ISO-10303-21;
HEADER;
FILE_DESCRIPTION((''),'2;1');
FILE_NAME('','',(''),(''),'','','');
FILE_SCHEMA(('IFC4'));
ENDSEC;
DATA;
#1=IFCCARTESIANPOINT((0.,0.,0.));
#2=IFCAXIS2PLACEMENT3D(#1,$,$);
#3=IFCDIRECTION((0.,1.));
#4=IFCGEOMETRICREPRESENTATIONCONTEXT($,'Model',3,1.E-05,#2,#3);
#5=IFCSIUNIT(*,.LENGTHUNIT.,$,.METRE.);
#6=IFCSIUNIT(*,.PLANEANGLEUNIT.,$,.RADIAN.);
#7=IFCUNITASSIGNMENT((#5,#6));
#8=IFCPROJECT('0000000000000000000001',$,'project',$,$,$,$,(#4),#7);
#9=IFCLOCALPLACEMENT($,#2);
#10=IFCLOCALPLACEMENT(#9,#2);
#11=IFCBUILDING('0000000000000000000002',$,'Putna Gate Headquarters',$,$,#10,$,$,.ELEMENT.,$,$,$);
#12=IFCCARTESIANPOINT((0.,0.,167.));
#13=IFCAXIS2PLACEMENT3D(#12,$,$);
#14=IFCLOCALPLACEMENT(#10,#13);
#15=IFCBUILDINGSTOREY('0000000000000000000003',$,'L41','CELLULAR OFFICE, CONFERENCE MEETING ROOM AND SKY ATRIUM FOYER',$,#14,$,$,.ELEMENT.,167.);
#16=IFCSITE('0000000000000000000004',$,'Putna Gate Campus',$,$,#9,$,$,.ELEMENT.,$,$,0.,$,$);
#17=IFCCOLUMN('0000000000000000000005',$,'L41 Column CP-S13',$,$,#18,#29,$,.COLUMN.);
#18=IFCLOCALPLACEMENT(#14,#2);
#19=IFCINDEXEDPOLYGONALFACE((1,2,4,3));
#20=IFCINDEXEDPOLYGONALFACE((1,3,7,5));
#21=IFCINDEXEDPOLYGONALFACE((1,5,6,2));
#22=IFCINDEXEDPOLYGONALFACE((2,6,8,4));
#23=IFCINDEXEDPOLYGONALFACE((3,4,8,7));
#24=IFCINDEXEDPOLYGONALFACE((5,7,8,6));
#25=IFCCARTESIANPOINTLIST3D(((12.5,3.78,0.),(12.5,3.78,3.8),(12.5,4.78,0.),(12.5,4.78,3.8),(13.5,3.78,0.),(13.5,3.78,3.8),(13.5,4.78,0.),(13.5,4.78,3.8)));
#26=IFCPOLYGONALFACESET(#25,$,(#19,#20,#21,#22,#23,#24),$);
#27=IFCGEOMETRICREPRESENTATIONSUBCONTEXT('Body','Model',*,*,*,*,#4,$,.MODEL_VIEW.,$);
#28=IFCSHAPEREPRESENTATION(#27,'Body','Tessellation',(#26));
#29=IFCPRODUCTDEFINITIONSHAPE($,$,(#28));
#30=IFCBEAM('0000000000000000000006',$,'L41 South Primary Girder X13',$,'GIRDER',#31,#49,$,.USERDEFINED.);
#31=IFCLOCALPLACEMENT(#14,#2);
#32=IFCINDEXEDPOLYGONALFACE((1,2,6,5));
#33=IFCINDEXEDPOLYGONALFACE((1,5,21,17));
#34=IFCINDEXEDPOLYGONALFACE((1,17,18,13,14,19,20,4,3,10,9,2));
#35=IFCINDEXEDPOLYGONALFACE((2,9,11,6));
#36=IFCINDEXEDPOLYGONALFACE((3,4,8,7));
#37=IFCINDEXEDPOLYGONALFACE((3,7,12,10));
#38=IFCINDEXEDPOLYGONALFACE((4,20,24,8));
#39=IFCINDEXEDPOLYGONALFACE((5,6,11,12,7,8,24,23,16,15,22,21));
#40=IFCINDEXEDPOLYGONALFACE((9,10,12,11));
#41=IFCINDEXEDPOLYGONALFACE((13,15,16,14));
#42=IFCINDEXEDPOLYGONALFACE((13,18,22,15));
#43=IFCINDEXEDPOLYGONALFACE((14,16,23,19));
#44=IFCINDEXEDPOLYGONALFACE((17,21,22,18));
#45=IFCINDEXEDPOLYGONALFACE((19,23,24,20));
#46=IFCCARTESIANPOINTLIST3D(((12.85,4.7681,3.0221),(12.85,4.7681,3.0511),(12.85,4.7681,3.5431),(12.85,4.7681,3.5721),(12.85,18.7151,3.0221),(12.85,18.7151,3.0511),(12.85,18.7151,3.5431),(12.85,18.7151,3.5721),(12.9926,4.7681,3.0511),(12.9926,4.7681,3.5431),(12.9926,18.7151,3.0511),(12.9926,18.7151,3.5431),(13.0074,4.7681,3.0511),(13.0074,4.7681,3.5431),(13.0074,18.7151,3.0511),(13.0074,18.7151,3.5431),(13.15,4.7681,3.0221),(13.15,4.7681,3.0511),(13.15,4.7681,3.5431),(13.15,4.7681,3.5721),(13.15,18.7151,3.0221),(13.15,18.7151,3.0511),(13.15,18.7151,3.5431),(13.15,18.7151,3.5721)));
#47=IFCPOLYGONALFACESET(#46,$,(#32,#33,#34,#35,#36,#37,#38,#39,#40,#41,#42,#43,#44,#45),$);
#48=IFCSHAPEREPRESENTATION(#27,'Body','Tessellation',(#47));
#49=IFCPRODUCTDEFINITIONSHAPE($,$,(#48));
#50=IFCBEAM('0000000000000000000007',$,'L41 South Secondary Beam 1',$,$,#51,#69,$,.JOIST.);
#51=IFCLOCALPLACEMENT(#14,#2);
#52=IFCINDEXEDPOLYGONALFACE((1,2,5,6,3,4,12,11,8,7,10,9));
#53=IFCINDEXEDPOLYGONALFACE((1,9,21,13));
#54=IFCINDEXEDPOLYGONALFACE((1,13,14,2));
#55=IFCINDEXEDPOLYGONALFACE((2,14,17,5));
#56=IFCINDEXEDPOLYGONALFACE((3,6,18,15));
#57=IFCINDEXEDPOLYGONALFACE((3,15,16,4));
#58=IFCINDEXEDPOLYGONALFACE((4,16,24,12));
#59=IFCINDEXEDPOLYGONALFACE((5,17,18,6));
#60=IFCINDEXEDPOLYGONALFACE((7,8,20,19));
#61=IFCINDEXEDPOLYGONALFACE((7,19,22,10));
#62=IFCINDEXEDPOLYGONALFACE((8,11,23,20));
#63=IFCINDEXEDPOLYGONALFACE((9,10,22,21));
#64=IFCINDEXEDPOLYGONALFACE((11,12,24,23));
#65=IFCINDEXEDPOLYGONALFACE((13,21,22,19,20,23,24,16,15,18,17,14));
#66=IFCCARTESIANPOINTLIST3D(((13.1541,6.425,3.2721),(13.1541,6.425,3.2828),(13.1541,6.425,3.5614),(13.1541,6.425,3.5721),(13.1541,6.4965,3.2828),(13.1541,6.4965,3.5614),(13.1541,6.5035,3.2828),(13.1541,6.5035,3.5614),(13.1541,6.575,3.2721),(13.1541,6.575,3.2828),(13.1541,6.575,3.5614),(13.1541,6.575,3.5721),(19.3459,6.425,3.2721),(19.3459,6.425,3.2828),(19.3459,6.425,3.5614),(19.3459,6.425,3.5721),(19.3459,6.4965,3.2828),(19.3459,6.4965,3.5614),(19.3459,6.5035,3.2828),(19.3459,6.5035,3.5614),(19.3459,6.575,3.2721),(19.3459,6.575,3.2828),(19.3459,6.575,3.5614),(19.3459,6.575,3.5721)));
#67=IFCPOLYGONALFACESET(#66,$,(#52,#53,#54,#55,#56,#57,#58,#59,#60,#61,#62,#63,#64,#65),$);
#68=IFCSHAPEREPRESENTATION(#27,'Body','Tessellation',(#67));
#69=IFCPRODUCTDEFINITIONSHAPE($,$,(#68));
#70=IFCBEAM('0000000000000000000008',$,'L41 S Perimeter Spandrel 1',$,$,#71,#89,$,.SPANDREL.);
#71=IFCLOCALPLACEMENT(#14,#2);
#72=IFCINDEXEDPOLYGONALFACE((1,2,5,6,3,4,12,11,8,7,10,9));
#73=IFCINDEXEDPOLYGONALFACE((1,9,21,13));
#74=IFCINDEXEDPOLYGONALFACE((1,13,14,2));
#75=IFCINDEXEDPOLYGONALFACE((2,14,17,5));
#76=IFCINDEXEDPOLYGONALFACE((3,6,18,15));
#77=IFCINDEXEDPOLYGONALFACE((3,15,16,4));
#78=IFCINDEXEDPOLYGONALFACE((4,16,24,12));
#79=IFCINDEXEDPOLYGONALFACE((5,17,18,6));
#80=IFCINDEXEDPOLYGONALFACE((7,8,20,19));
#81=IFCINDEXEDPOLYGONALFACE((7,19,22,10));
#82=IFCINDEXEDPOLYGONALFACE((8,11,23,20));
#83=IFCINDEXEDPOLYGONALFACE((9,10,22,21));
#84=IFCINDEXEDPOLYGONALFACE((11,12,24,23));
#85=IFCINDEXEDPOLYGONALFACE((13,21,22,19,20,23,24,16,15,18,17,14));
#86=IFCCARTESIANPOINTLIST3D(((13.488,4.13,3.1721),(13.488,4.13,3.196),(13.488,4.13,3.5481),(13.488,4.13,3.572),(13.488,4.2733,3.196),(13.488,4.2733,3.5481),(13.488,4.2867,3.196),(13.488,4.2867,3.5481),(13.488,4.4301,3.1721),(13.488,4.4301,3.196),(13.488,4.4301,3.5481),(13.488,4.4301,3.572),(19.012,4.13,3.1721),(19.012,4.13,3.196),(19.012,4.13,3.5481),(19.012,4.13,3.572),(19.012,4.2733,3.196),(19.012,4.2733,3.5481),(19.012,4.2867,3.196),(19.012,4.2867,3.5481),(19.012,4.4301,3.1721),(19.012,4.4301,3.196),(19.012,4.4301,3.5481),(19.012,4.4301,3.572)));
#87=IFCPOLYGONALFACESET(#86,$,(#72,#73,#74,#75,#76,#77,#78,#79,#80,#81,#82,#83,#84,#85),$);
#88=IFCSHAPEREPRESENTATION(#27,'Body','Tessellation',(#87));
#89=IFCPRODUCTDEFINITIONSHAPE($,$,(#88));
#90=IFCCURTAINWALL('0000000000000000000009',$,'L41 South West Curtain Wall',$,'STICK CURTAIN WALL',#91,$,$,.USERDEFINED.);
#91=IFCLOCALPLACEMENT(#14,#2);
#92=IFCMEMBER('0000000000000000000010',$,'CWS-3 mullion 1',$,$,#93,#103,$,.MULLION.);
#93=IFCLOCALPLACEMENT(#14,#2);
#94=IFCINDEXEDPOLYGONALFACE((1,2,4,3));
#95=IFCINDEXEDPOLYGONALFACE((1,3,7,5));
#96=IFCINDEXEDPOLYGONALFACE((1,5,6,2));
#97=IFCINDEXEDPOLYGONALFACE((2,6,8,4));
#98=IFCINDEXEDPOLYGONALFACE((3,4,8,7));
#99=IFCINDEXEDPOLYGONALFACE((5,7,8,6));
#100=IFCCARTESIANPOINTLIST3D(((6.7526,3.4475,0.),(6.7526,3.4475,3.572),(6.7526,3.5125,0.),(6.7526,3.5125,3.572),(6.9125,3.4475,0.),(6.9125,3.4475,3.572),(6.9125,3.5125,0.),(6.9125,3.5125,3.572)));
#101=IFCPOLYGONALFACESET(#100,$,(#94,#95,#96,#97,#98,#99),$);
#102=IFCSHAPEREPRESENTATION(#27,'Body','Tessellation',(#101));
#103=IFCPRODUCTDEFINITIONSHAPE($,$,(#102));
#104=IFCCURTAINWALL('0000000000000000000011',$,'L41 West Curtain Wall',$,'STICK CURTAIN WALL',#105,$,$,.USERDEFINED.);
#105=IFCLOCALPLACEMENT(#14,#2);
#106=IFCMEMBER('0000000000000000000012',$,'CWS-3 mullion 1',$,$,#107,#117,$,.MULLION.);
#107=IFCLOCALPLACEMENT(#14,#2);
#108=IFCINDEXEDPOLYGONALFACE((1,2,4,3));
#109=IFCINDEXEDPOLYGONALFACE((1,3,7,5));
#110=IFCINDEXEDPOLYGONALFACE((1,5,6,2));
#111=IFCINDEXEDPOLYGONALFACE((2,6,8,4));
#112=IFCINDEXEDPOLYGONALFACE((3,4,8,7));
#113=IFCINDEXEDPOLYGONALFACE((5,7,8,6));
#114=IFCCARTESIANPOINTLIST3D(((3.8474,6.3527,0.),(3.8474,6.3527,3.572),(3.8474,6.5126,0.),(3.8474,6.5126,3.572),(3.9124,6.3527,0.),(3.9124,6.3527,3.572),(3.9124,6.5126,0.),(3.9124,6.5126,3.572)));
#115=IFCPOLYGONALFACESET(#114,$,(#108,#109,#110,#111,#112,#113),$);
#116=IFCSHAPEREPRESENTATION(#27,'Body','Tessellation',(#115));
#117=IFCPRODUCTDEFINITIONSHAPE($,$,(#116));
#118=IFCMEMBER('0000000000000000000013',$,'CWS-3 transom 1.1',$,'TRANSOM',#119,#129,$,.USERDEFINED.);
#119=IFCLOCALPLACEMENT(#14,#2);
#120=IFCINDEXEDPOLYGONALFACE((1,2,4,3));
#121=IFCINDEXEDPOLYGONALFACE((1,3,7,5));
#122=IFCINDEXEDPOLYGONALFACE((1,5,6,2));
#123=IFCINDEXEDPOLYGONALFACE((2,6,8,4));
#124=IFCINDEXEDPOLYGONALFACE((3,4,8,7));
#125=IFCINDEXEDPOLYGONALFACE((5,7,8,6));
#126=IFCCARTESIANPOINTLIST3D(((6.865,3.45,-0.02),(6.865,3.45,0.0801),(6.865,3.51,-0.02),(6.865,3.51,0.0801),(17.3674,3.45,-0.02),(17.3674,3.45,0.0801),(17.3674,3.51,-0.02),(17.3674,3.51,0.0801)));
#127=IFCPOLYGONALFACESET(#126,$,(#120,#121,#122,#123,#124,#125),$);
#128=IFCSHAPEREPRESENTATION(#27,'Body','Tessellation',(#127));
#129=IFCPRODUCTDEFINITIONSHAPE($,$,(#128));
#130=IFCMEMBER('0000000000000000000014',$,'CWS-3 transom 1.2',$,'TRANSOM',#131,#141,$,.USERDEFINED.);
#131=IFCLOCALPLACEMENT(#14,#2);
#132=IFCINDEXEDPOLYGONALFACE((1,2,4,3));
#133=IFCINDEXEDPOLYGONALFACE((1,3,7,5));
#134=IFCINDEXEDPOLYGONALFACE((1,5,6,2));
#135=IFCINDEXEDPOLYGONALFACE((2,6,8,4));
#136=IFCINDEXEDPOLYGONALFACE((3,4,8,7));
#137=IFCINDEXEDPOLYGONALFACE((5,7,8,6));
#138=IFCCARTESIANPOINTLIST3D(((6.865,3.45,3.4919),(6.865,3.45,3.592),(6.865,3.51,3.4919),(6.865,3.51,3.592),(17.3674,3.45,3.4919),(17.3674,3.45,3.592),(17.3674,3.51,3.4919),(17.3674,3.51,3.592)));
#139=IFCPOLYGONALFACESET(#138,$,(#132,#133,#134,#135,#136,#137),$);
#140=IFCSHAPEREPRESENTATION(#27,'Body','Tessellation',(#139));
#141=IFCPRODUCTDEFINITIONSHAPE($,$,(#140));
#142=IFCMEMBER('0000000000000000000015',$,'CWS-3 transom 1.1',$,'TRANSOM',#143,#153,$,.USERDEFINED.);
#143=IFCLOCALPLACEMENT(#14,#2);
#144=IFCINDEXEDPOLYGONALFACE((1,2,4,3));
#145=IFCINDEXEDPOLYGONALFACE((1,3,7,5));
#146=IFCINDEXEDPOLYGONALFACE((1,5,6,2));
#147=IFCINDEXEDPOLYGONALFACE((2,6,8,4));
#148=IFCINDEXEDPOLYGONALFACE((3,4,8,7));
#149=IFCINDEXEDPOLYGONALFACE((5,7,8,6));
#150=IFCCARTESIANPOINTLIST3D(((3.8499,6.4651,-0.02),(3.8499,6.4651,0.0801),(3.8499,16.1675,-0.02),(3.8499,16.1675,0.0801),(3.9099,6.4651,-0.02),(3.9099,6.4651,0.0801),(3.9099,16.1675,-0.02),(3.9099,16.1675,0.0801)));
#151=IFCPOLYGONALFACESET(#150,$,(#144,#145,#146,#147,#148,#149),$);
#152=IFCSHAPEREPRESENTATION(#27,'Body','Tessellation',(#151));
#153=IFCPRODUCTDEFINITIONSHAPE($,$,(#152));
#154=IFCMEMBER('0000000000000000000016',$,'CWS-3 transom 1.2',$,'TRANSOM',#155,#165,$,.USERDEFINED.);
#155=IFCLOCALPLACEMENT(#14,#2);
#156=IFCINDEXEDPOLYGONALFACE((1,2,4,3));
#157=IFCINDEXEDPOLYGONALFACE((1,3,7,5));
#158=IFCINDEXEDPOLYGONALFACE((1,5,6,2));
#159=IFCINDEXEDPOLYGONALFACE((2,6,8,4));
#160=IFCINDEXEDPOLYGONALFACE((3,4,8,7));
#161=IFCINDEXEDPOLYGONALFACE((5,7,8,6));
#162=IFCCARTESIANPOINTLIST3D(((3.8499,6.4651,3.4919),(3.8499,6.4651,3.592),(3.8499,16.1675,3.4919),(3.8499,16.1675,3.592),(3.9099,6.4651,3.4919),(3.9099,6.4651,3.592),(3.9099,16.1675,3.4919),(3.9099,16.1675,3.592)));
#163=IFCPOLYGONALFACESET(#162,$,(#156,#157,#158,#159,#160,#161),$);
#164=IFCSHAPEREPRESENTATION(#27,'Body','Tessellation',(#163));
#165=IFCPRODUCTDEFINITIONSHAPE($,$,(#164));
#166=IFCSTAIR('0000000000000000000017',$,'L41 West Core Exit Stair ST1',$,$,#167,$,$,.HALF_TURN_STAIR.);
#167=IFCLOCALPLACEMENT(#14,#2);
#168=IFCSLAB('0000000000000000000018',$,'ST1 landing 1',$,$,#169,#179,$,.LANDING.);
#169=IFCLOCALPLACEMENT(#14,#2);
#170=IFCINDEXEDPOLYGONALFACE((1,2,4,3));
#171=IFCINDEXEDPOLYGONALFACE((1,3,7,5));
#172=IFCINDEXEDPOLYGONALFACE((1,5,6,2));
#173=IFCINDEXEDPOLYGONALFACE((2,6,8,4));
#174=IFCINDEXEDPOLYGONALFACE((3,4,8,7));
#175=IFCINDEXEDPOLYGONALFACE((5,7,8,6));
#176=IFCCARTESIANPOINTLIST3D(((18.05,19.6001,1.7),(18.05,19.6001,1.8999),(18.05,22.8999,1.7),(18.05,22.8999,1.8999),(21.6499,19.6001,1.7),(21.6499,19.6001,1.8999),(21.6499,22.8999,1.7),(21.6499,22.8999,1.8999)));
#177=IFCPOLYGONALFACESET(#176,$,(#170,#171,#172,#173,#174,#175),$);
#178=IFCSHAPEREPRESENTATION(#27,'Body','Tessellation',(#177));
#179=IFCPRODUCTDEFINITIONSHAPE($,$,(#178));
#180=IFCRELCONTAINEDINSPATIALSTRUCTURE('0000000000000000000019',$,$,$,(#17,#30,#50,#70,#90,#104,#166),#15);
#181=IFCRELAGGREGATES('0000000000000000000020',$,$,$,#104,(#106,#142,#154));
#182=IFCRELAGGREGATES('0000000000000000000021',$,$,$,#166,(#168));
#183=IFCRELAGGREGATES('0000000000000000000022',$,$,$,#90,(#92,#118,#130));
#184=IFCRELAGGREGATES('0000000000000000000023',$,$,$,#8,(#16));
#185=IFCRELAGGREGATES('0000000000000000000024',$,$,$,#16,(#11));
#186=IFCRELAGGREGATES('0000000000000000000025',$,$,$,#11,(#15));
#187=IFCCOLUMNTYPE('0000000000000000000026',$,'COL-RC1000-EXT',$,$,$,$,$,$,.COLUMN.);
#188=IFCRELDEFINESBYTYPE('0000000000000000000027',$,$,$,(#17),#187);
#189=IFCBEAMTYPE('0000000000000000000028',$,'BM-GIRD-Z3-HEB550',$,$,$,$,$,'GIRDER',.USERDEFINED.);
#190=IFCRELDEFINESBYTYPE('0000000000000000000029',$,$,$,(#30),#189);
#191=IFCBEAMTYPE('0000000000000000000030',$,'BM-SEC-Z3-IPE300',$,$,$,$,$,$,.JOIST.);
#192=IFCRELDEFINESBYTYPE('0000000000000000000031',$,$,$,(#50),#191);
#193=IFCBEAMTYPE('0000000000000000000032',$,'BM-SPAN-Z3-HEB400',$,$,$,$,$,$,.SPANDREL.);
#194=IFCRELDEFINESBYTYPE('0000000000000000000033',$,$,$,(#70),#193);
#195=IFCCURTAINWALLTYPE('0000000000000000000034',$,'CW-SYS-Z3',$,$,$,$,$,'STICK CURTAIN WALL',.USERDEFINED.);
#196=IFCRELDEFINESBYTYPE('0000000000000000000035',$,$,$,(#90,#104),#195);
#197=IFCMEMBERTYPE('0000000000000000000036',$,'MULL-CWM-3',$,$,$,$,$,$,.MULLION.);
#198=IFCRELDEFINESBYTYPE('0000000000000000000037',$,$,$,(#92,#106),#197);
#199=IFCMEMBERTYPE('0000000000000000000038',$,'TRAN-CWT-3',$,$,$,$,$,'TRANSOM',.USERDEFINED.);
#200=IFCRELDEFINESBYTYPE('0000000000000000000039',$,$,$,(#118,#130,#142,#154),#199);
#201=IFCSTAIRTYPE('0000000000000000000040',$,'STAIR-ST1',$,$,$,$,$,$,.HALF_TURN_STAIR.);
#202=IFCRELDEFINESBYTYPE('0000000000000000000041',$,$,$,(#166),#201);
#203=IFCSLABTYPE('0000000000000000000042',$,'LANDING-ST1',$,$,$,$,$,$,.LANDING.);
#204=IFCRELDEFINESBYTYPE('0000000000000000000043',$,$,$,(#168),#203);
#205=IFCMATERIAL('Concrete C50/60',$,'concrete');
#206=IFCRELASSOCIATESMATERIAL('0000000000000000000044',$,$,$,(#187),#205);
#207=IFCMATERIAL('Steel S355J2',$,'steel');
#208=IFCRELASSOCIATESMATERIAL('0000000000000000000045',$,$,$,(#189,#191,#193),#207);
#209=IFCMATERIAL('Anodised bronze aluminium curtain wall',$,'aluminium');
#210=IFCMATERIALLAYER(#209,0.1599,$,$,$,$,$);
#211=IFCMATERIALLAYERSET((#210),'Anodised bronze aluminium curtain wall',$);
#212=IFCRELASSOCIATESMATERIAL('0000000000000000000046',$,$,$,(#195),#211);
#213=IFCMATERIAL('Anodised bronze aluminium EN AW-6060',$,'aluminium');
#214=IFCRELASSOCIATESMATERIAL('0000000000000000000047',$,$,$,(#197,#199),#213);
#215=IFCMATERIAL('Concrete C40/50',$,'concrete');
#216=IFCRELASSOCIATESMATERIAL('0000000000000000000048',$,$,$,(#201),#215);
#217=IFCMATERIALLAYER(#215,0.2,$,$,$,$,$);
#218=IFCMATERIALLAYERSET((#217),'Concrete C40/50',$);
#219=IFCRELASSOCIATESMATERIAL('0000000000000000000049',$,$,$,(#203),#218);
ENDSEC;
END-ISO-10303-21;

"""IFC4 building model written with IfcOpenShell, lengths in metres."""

from ifc_helpers import new_model, si_unit, direction, frame, origin, origin_2d, place, context, subcontext, project, spatial, polyline, rectangle, i_section, outline, extrude, material, layer, layer_set, material_profile, profile_set, type_object, element, aggregate, save


model = new_model("IFC4")

# Units and contexts
model_context = context("Model", 3, precision=1e-05, world=origin(), true_north=direction((0.0, 1.0)))
body_context = subcontext(model_context, "Body", "Model", "MODEL_VIEW")
ifc_project = project(units=[si_unit("LENGTHUNIT", "METRE"), si_unit("PLANEANGLEUNIT", "RADIAN")], contexts=[model_context])

# Site, building, storey
site_placement = place(None, origin())
site = spatial("IfcSite", under=ifc_project, at=site_placement, Name="Putna Gate Campus", CompositionType="ELEMENT", RefElevation=0.0)
building_placement = place(site_placement, origin())
building = spatial("IfcBuilding", under=site, at=building_placement, Name="Putna Gate Headquarters", CompositionType="ELEMENT")
storey_placement = place(building_placement, frame((0.0, 0.0, 167.0)))
storey = spatial("IfcBuildingStorey", under=building, at=storey_placement, Name="L41", Description="CELLULAR OFFICE, CONFERENCE MEETING ROOM AND SKY ATRIUM FOYER", CompositionType="ELEMENT", Elevation=167.0)

# Column
ifc_material_1 = material(Name="Concrete C50/60", Category="concrete")
ifc_material_profile_1 = material_profile(ifc_material_1, rectangle(XDim=1.0, YDim=1.0, at=origin_2d()), Name="Concrete C50/60")
ifc_profile_set_1 = profile_set([ifc_material_profile_1], Name="Concrete C50/60")
column_type = type_object("IfcColumnType", Name="COL-RC1000-EXT", PredefinedType="COLUMN", material=ifc_profile_set_1)
column_placement = place(storey_placement, frame((13.0, 4.28, 0.0), z_axis=(0.0, 0.0, 1.0), x_axis=(1.0, 0.0, 0.0)))
element("IfcColumn", 1, at=column_placement, inside=storey, type_object=column_type, Name="L41 Column CP-S13", PredefinedType="COLUMN", context=body_context, shape_type="SweptSolid", body=[
    extrude(rectangle(XDim=1.0, YDim=1.0, at=origin_2d()), origin(), (0.0, 0.0, 1.0), 3.8),
])

# Beams
ifc_material_2 = material(Name="Steel S355J2", Category="steel")
ifc_material_profile_2 = material_profile(ifc_material_2, i_section(OverallWidth=0.3, OverallDepth=0.55, WebThickness=0.0149, FlangeThickness=0.0291, at=origin_2d()), Name="Steel S355J2")
ifc_profile_set_2 = profile_set([ifc_material_profile_2], Name="Steel S355J2")
beam_type_1 = type_object("IfcBeamType", Name="BM-GIRD-Z3-HEB550", ElementType="GIRDER", PredefinedType="USERDEFINED", material=ifc_profile_set_2)
beam_1_placement = place(storey_placement, frame((13.0, 4.7681, 3.2971), z_axis=(0.0, 1.0, 0.0), x_axis=(-1.0, 0.0, 0.0)))
element("IfcBeam", 2, at=beam_1_placement, inside=storey, type_object=beam_type_1, Name="L41 South Primary Girder X13", ObjectType="GIRDER", PredefinedType="USERDEFINED", context=body_context, shape_type="SweptSolid", body=[
    extrude(i_section(OverallWidth=0.3, OverallDepth=0.55, WebThickness=0.0149, FlangeThickness=0.0291, at=origin_2d()), origin(), (0.0, 0.0, 1.0), 13.947),
])
ifc_material_profile_3 = material_profile(ifc_material_2, i_section(OverallWidth=0.1499, OverallDepth=0.3, WebThickness=0.0071, FlangeThickness=0.0107, at=origin_2d()), Name="Steel S355J2")
ifc_profile_set_3 = profile_set([ifc_material_profile_3], Name="Steel S355J2")
beam_type_2 = type_object("IfcBeamType", Name="BM-SEC-Z3-IPE300", PredefinedType="JOIST", material=ifc_profile_set_3)
beam_2_placement = place(storey_placement, frame((13.1541, 6.5, 3.4221), z_axis=(1.0, 0.0, 0.0), x_axis=(0.0, 1.0, 0.0)))
element("IfcBeam", 3, at=beam_2_placement, inside=storey, type_object=beam_type_2, Name="L41 South Secondary Beam 1", PredefinedType="JOIST", context=body_context, shape_type="SweptSolid", body=[
    extrude(i_section(OverallWidth=0.1499, OverallDepth=0.3, WebThickness=0.0071, FlangeThickness=0.0107, at=origin_2d()), origin(), (0.0, 0.0, 1.0), 6.1919),
])
ifc_material_profile_4 = material_profile(ifc_material_2, i_section(OverallWidth=0.3, OverallDepth=0.3999, WebThickness=0.0134, FlangeThickness=0.0239, at=origin_2d()), Name="Steel S355J2")
ifc_profile_set_4 = profile_set([ifc_material_profile_4], Name="Steel S355J2")
beam_type_3 = type_object("IfcBeamType", Name="BM-SPAN-Z3-HEB400", PredefinedType="SPANDREL", material=ifc_profile_set_4)
beam_3_placement = place(storey_placement, frame((13.488, 4.28, 3.3721), z_axis=(1.0, 0.0, 0.0), x_axis=(0.0, 1.0, 0.0)))
element("IfcBeam", 4, at=beam_3_placement, inside=storey, type_object=beam_type_3, Name="L41 S Perimeter Spandrel 1", PredefinedType="SPANDREL", context=body_context, shape_type="SweptSolid", body=[
    extrude(i_section(OverallWidth=0.3, OverallDepth=0.3999, WebThickness=0.0134, FlangeThickness=0.0239, at=origin_2d()), origin(), (0.0, 0.0, 1.0), 5.5239),
])

# Curtain walls, members
ifc_material_3 = material(Name="Anodised bronze aluminium curtain wall", Category="aluminium")
ifc_layer_1 = layer(ifc_material_3, 0.1599)
ifc_layer_set_1 = layer_set([ifc_layer_1], Name="Anodised bronze aluminium curtain wall")
curtain_wall_type = type_object("IfcCurtainWallType", Name="CW-SYS-Z3", ElementType="STICK CURTAIN WALL", PredefinedType="USERDEFINED", material=ifc_layer_set_1)
curtain_wall_1_placement = place(storey_placement, origin())
curtain_wall_1 = element("IfcCurtainWall", 5, at=curtain_wall_1_placement, inside=storey, type_object=curtain_wall_type, Name="L41 South West Curtain Wall", ObjectType="STICK CURTAIN WALL", PredefinedType="USERDEFINED")
ifc_material_4 = material(Name="Anodised bronze aluminium EN AW-6060", Category="aluminium")
ifc_material_profile_5 = material_profile(ifc_material_4, rectangle(XDim=0.0649, YDim=0.1599, at=origin_2d()), Name="Anodised bronze aluminium EN AW-6060")
ifc_profile_set_5 = profile_set([ifc_material_profile_5], Name="Anodised bronze aluminium EN AW-6060")
member_type_1 = type_object("IfcMemberType", Name="MULL-CWM-3", PredefinedType="MULLION", material=ifc_profile_set_5)
member_1_placement = place(storey_placement, frame((6.8325, 3.48, 0.0), z_axis=(0.0, 0.0, 1.0), x_axis=(0.0, 1.0, 0.0)))
member_1 = element("IfcMember", 6, at=member_1_placement, type_object=member_type_1, Name="CWS-3 mullion 1", PredefinedType="MULLION", context=body_context, shape_type="SweptSolid", body=[
    extrude(rectangle(XDim=0.0649, YDim=0.1599, at=origin_2d()), origin(), (0.0, 0.0, 1.0), 3.572),
])
curtain_wall_2_placement = place(storey_placement, origin())
curtain_wall_2 = element("IfcCurtainWall", 7, at=curtain_wall_2_placement, inside=storey, type_object=curtain_wall_type, Name="L41 West Curtain Wall", ObjectType="STICK CURTAIN WALL", PredefinedType="USERDEFINED")
member_2_placement = place(storey_placement, frame((3.8799, 6.4326, 0.0), z_axis=(0.0, 0.0, 1.0), x_axis=(-1.0, 0.0, 0.0)))
member_2 = element("IfcMember", 8, at=member_2_placement, type_object=member_type_1, Name="CWS-3 mullion 1", PredefinedType="MULLION", context=body_context, shape_type="SweptSolid", body=[
    extrude(rectangle(XDim=0.0649, YDim=0.1599, at=origin_2d()), origin(), (0.0, 0.0, 1.0), 3.572),
])

# Members
ifc_material_profile_6 = material_profile(ifc_material_4, rectangle(XDim=0.0601, YDim=0.1001, at=origin_2d()), Name="Anodised bronze aluminium EN AW-6060")
ifc_profile_set_6 = profile_set([ifc_material_profile_6], Name="Anodised bronze aluminium EN AW-6060")
member_type_2 = type_object("IfcMemberType", Name="TRAN-CWT-3", ElementType="TRANSOM", PredefinedType="USERDEFINED", material=ifc_profile_set_6)
member_3_placement = place(storey_placement, frame((6.865, 3.48, 0.03), z_axis=(1.0, 0.0, 0.0), x_axis=(0.0, 1.0, 0.0)))
member_3 = element("IfcMember", 9, at=member_3_placement, type_object=member_type_2, Name="CWS-3 transom 1.1", ObjectType="TRANSOM", PredefinedType="USERDEFINED", context=body_context, shape_type="SweptSolid", body=[
    extrude(rectangle(XDim=0.0601, YDim=0.1001, at=origin_2d()), origin(), (0.0, 0.0, 1.0), 10.5024),
])
member_4_placement = place(storey_placement, frame((6.865, 3.48, 3.542), z_axis=(1.0, 0.0, 0.0), x_axis=(0.0, 1.0, 0.0)))
member_4 = element("IfcMember", 10, at=member_4_placement, type_object=member_type_2, Name="CWS-3 transom 1.2", ObjectType="TRANSOM", PredefinedType="USERDEFINED", context=body_context, shape_type="SweptSolid", body=[
    extrude(rectangle(XDim=0.0601, YDim=0.1001, at=origin_2d()), origin(), (0.0, 0.0, 1.0), 10.5024),
])
member_5_placement = place(storey_placement, frame((3.8799, 6.4651, 0.03), z_axis=(0.0, 1.0, 0.0), x_axis=(-1.0, 0.0, 0.0)))
member_5 = element("IfcMember", 11, at=member_5_placement, type_object=member_type_2, Name="CWS-3 transom 1.1", ObjectType="TRANSOM", PredefinedType="USERDEFINED", context=body_context, shape_type="SweptSolid", body=[
    extrude(rectangle(XDim=0.0601, YDim=0.1001, at=origin_2d()), origin(), (0.0, 0.0, 1.0), 9.7024),
])
member_6_placement = place(storey_placement, frame((3.8799, 6.4651, 3.542), z_axis=(0.0, 1.0, 0.0), x_axis=(-1.0, 0.0, 0.0)))
member_6 = element("IfcMember", 12, at=member_6_placement, type_object=member_type_2, Name="CWS-3 transom 1.2", ObjectType="TRANSOM", PredefinedType="USERDEFINED", context=body_context, shape_type="SweptSolid", body=[
    extrude(rectangle(XDim=0.0601, YDim=0.1001, at=origin_2d()), origin(), (0.0, 0.0, 1.0), 9.7024),
])
aggregate(curtain_wall_2, [member_2, member_5, member_6])

# Stair, slab
ifc_material_5 = material(Name="Concrete C40/50", Category="concrete")
stair_type_1 = type_object("IfcStairType", Name="STAIR-ST1", PredefinedType="HALF_TURN_STAIR", material=ifc_material_5)
stair_1_placement = place(storey_placement, origin())
stair_1 = element("IfcStair", 13, at=stair_1_placement, inside=storey, type_object=stair_type_1, Name="L41 West Core Exit Stair ST1", PredefinedType="HALF_TURN_STAIR")
ifc_layer_2 = layer(ifc_material_5, 0.2)
ifc_layer_set_2 = layer_set([ifc_layer_2], Name="Concrete C40/50")
slab_type_1 = type_object("IfcSlabType", Name="LANDING-ST1", PredefinedType="LANDING", material=ifc_layer_set_2)
slab_1_placement = place(storey_placement, frame((0.0, 0.0, 1.7)))
slab_1 = element("IfcSlab", 14, at=slab_1_placement, type_object=slab_type_1, Name="ST1 landing 1", PredefinedType="LANDING", context=body_context, shape_type="SweptSolid", body=[
    extrude(outline(polyline([(18.05, 19.6001), (21.6499, 19.6001), (21.6499, 22.8999), (18.05, 22.8999), (18.05, 19.6001)])), origin(), (0.0, 0.0, 1.0), 0.2),
])
aggregate(stair_1, [slab_1])

aggregate(curtain_wall_1, [member_1, member_3, member_4])

save(model, "model.ifc")
